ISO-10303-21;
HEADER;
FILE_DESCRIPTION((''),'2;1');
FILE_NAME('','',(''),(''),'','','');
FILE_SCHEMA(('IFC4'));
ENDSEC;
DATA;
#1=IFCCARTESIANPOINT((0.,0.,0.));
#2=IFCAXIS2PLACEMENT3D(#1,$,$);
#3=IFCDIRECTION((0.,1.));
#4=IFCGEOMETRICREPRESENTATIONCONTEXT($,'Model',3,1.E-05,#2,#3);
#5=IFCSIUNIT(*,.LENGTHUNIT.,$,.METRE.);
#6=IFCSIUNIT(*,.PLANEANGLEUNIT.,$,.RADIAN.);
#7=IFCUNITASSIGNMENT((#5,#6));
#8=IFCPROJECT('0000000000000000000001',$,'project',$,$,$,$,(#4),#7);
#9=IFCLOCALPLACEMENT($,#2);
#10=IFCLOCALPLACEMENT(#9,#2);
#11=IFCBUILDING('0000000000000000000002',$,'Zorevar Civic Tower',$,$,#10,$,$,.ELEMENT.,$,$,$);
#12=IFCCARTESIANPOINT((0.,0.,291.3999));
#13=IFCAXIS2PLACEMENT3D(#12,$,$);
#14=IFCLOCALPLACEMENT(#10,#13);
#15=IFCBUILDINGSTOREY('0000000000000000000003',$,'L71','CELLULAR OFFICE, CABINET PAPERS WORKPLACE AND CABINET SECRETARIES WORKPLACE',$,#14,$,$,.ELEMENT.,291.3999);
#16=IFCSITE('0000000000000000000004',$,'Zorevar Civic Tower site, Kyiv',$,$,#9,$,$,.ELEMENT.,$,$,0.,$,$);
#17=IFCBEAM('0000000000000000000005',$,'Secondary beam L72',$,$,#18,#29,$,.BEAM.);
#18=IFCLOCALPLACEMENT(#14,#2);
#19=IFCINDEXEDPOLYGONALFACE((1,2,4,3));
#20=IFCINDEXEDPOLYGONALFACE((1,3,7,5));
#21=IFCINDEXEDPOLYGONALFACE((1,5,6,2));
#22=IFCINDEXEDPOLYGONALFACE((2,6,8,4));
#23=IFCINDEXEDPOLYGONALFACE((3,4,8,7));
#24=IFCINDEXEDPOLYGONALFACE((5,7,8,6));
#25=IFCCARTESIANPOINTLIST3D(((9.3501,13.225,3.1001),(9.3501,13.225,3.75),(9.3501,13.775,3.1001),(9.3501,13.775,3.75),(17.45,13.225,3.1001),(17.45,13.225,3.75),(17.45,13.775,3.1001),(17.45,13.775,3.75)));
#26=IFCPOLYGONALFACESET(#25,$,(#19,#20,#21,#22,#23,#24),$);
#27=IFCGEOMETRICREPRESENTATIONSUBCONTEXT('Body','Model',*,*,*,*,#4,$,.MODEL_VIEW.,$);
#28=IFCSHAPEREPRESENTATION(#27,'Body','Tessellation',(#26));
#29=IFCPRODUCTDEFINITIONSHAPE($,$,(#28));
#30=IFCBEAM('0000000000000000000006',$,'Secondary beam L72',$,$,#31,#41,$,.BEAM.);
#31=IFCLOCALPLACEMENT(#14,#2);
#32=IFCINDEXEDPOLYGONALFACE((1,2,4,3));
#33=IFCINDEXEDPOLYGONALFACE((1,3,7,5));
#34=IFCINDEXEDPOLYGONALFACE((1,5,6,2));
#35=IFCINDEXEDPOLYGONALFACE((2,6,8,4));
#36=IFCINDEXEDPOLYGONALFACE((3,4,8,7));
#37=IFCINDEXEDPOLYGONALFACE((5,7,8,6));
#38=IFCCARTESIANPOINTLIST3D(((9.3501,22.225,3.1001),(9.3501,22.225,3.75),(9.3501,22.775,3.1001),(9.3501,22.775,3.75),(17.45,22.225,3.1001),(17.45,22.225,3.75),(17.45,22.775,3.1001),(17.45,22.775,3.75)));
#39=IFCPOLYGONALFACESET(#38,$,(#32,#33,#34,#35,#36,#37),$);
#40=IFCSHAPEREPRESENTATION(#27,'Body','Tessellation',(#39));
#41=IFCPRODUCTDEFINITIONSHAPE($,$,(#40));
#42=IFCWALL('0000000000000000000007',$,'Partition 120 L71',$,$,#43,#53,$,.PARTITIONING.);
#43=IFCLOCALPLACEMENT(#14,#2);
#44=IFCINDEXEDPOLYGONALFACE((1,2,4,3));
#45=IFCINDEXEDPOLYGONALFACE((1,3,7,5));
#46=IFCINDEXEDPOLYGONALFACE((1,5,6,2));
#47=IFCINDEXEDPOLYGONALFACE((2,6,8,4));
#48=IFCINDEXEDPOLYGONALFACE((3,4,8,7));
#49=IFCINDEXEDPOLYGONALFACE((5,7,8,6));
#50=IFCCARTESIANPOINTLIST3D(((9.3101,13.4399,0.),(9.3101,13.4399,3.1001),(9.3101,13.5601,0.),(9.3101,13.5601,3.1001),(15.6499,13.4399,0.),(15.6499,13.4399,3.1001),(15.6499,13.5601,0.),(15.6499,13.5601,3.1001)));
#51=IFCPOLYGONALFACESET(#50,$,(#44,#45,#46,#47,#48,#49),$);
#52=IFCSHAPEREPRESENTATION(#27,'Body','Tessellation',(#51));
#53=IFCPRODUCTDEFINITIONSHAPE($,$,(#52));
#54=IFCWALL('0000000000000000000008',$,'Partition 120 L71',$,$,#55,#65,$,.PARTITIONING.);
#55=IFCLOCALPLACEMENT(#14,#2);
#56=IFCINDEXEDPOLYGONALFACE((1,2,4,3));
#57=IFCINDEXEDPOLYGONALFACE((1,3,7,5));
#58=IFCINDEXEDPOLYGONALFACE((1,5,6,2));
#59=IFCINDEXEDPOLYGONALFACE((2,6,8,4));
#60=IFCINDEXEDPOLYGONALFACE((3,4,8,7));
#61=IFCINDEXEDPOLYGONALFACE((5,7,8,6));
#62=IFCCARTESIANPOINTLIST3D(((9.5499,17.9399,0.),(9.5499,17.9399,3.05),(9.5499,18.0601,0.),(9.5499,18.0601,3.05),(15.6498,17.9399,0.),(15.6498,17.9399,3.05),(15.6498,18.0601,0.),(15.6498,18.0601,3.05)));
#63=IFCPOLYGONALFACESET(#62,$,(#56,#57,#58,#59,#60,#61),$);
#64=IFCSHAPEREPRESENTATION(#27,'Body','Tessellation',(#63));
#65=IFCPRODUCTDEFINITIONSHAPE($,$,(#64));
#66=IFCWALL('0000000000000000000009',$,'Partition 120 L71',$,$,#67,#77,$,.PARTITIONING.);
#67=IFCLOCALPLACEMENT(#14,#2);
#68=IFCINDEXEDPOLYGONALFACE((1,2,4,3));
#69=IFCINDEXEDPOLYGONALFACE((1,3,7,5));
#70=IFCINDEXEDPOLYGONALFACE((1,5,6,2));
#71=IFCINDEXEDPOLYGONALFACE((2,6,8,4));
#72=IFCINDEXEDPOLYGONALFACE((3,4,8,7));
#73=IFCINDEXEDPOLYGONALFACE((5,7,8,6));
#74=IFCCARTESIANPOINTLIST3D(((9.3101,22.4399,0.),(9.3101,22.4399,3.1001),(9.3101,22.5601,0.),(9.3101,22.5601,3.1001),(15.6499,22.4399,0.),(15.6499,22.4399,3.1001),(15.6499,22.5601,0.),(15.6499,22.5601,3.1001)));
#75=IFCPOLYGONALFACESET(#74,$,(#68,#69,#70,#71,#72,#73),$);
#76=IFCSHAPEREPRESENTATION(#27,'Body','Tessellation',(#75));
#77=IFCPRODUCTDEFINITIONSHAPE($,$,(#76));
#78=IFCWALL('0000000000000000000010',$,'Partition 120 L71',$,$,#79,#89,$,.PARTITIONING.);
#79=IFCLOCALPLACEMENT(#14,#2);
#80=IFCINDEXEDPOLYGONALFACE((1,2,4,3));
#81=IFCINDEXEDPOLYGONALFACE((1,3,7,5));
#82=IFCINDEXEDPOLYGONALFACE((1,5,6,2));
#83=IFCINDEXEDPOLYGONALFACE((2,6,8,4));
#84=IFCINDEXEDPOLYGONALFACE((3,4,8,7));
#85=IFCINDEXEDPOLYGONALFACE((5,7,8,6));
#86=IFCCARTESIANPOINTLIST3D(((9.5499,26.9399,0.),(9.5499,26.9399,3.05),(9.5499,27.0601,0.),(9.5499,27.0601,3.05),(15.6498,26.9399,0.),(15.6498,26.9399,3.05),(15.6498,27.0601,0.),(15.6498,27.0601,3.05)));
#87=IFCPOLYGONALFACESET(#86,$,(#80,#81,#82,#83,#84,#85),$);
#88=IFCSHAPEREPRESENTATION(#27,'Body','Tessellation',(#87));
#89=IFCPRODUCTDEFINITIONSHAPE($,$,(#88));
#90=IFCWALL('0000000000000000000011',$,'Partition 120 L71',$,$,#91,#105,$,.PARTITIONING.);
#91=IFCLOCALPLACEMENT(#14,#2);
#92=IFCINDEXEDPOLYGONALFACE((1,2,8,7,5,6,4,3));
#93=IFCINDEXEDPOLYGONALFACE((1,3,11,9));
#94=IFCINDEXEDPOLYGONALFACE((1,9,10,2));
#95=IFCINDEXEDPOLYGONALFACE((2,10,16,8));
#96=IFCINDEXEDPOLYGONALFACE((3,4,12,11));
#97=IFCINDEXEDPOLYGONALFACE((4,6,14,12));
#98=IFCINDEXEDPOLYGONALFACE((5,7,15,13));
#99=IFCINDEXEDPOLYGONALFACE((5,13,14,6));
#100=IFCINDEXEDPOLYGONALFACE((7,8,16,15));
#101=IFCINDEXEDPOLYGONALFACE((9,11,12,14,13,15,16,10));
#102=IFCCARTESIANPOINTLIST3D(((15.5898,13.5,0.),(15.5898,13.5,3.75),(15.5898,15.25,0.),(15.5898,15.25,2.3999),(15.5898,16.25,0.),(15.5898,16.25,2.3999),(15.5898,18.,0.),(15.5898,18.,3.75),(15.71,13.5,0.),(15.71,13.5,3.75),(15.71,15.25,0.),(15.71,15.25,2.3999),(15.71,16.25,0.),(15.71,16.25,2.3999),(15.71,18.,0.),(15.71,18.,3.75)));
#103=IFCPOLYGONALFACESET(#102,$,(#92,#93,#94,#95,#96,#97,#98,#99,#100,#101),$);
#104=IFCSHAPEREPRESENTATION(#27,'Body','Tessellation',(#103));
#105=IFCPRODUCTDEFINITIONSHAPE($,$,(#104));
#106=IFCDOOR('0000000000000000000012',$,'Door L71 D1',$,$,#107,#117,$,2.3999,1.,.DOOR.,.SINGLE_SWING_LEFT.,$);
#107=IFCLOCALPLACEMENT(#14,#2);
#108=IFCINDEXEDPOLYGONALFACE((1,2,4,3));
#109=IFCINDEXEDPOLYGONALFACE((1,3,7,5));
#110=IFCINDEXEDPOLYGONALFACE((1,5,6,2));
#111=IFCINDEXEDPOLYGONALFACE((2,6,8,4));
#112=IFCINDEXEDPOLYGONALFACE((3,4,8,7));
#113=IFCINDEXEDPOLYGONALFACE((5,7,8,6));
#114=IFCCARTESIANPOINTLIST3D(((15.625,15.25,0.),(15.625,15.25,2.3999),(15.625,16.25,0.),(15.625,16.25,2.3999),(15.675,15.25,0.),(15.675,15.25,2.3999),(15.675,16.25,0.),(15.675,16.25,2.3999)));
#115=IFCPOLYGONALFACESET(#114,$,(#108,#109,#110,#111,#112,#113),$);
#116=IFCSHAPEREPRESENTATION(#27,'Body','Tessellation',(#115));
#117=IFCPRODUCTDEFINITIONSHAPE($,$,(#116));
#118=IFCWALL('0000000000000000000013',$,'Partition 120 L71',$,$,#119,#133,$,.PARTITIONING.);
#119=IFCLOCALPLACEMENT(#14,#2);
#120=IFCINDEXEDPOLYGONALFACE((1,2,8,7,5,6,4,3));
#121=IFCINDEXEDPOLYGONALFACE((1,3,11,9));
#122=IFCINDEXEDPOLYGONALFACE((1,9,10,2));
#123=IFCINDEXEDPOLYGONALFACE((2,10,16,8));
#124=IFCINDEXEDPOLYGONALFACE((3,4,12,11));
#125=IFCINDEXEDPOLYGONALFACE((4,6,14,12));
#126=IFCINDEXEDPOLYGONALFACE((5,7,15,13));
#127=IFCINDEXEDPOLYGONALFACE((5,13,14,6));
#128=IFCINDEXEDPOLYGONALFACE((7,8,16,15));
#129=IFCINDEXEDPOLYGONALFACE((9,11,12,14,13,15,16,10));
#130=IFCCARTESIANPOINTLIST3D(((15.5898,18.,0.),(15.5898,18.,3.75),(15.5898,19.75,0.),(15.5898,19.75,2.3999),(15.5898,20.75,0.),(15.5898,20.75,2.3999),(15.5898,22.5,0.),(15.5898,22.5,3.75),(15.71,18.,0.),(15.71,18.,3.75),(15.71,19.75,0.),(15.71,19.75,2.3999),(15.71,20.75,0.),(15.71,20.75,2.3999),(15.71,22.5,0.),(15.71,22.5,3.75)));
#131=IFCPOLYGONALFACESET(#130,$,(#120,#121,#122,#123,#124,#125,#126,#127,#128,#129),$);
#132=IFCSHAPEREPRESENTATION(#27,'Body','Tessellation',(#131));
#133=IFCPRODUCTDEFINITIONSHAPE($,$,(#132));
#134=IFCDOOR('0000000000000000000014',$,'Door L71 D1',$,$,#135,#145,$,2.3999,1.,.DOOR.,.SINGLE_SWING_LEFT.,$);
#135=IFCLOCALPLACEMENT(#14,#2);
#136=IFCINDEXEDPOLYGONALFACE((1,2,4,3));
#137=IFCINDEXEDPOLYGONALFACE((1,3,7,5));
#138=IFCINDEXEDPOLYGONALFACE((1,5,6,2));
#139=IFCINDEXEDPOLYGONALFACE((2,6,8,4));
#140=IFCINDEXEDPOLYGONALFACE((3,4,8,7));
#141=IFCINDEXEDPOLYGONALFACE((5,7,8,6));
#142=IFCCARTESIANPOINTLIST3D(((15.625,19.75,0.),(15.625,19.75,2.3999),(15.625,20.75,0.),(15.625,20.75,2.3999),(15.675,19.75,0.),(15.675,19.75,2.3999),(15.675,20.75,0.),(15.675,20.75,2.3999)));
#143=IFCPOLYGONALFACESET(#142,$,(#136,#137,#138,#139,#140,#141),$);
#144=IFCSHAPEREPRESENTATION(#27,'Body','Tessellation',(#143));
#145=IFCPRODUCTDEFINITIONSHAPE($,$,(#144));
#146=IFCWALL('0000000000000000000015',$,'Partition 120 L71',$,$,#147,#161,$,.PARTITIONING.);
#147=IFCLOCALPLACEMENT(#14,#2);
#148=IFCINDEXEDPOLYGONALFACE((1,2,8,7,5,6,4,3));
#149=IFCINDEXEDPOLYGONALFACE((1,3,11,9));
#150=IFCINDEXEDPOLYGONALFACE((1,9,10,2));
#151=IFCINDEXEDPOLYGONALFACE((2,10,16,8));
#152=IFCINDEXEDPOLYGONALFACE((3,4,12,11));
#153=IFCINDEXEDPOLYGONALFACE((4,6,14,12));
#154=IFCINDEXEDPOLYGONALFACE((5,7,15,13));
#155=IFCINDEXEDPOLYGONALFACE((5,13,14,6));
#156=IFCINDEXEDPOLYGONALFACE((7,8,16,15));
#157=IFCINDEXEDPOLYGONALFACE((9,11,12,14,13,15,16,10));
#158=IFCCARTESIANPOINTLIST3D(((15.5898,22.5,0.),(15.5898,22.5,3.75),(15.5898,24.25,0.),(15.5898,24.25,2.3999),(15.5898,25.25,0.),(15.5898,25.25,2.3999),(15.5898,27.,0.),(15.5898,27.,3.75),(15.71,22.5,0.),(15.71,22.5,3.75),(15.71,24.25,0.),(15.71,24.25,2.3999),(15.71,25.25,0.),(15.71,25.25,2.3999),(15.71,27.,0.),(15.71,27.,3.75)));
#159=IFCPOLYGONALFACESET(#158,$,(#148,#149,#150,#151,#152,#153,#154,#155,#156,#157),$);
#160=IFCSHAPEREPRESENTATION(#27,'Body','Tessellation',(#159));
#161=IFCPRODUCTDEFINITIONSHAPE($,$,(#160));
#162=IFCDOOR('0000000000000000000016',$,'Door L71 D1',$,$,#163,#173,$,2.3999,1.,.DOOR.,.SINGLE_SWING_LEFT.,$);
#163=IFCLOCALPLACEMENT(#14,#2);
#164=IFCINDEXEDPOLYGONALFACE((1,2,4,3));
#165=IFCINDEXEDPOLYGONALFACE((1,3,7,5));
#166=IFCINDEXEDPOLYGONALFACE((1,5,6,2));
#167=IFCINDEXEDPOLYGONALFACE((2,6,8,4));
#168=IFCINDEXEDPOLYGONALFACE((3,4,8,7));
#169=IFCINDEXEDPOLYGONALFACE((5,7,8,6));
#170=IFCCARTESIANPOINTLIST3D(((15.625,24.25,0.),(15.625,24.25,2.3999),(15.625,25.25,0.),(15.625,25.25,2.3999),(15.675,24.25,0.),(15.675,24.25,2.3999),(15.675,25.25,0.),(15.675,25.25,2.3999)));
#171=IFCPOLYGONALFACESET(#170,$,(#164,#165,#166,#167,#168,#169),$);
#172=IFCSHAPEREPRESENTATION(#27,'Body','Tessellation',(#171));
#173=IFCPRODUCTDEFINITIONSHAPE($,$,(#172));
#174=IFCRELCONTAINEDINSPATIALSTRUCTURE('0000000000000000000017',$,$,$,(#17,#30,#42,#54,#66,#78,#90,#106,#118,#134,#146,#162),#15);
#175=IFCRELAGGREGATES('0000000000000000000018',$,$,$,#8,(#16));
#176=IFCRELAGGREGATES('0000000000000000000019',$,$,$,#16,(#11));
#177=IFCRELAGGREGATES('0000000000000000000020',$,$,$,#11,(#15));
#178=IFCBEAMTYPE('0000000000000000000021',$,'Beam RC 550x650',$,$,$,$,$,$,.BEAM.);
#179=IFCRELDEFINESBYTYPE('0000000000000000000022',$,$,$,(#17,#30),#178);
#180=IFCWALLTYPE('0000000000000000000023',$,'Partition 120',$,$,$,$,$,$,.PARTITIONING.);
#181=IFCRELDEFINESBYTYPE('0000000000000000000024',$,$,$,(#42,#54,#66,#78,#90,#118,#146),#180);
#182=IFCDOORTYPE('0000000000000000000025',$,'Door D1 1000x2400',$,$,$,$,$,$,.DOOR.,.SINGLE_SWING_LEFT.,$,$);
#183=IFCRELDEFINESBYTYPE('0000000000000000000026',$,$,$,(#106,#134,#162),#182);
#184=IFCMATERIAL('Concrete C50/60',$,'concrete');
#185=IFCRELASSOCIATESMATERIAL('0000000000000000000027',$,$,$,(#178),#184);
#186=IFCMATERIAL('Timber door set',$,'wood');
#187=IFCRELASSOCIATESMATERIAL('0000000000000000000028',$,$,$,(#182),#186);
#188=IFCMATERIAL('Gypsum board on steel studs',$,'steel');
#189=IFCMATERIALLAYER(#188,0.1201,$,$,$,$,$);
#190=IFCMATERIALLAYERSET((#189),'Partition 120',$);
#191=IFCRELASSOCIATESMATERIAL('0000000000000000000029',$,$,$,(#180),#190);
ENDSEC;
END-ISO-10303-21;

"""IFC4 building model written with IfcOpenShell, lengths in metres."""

from ifc_helpers import new_model, si_unit, direction, frame, frame_2d, origin, origin_2d, place, context, subcontext, project, spatial, rectangle, extrude, material, layer, layer_set, material_profile, profile_set, type_object, element, fill, save


model = new_model("IFC4")

# Units and contexts
model_context = context("Model", 3, precision=1e-05, world=origin(), true_north=direction((0.0, 1.0)))
body_context = subcontext(model_context, "Body", "Model", "MODEL_VIEW")
ifc_project = project(units=[si_unit("LENGTHUNIT", "METRE"), si_unit("PLANEANGLEUNIT", "RADIAN")], contexts=[model_context])

# Site, building, storey
site_placement = place(None, origin())
site = spatial("IfcSite", under=ifc_project, at=site_placement, Name="Zorevar Civic Tower site, Kyiv", CompositionType="ELEMENT", RefElevation=0.0)
building_placement = place(site_placement, origin())
building = spatial("IfcBuilding", under=site, at=building_placement, Name="Zorevar Civic Tower", CompositionType="ELEMENT")
storey_placement = place(building_placement, frame((0.0, 0.0, 291.3999)))
storey = spatial("IfcBuildingStorey", under=building, at=storey_placement, Name="L71", Description="CELLULAR OFFICE, CABINET PAPERS WORKPLACE AND CABINET SECRETARIES WORKPLACE", CompositionType="ELEMENT", Elevation=291.3999)

# Beams
ifc_material_1 = material(Name="Concrete C50/60", Category="concrete")
ifc_material_profile = material_profile(ifc_material_1, rectangle(XDim=0.55, YDim=0.6499, at=origin_2d()), Name="RC 550x650")
ifc_profile_set = profile_set([ifc_material_profile], Name="Concrete C50/60")
beam_type = type_object("IfcBeamType", Name="Beam RC 550x650", PredefinedType="BEAM", material=ifc_profile_set)
for number, where, z_axis, x_axis, name in (
    (1, (9.3501, 13.5, 3.425), (1.0, 0.0, 0.0), (0.0, 1.0, 0.0), "Secondary beam L72"),
    (2, (9.3501, 22.5, 3.425), (1.0, 0.0, 0.0), (0.0, 1.0, 0.0), "Secondary beam L72"),
):
    element("IfcBeam", number, at=place(storey_placement, frame(where, z_axis=z_axis, x_axis=x_axis)), inside=storey, type_object=beam_type, Name=name, PredefinedType="BEAM", context=body_context, shape_type="SweptSolid", body=[
        extrude(rectangle(XDim=0.55, YDim=0.6499, at=origin_2d()), origin(), (0.0, 0.0, 1.0), 8.0999),
    ])

# Shared definitions
ifc_material_2 = material(Name="Timber door set", Category="wood")
door_type_1 = type_object("IfcDoorType", Name="Door D1 1000x2400", OperationType="SINGLE_SWING_LEFT", PredefinedType="DOOR", material=ifc_material_2)

# Walls
ifc_material_3 = material(Name="Gypsum board on steel studs", Category="steel")
ifc_layer_1 = layer(ifc_material_3, 0.1201)
ifc_layer_set_1 = layer_set([ifc_layer_1], Name="Partition 120")
wall_type_1 = type_object("IfcWallType", Name="Partition 120", PredefinedType="PARTITIONING", material=ifc_layer_set_1)
wall_1_placement = place(storey_placement, frame((9.3101, 13.5, 0.0), z_axis=(0.0, 0.0, 1.0), x_axis=(1.0, 0.0, 0.0)))
element("IfcWall", 3, at=wall_1_placement, inside=storey, type_object=wall_type_1, Name="Partition 120 L71", PredefinedType="PARTITIONING", context=body_context, shape_type="SweptSolid", body=[
    extrude(rectangle(XDim=6.3398, YDim=0.1201, at=frame_2d((3.1699, 0.0))), origin(), (0.0, 0.0, 1.0), 3.1001),
])
wall_2_placement = place(storey_placement, frame((9.55, 18.0, 0.0), z_axis=(0.0, 0.0, 1.0), x_axis=(1.0, 0.0, 0.0)))
element("IfcWall", 4, at=wall_2_placement, inside=storey, type_object=wall_type_1, Name="Partition 120 L71", PredefinedType="PARTITIONING", context=body_context, shape_type="SweptSolid", body=[
    extrude(rectangle(XDim=6.0999, YDim=0.1201, at=frame_2d((3.0498, 0.0))), origin(), (0.0, 0.0, 1.0), 3.05),
])
wall_3_placement = place(storey_placement, frame((9.3101, 22.5, 0.0), z_axis=(0.0, 0.0, 1.0), x_axis=(1.0, 0.0, 0.0)))
element("IfcWall", 5, at=wall_3_placement, inside=storey, type_object=wall_type_1, Name="Partition 120 L71", PredefinedType="PARTITIONING", context=body_context, shape_type="SweptSolid", body=[
    extrude(rectangle(XDim=6.3398, YDim=0.1201, at=frame_2d((3.1699, 0.0))), origin(), (0.0, 0.0, 1.0), 3.1001),
])
wall_4_placement = place(storey_placement, frame((9.55, 27.0, 0.0), z_axis=(0.0, 0.0, 1.0), x_axis=(1.0, 0.0, 0.0)))
element("IfcWall", 6, at=wall_4_placement, inside=storey, type_object=wall_type_1, Name="Partition 120 L71", PredefinedType="PARTITIONING", context=body_context, shape_type="SweptSolid", body=[
    extrude(rectangle(XDim=6.0999, YDim=0.1201, at=frame_2d((3.0498, 0.0))), origin(), (0.0, 0.0, 1.0), 3.05),
])

# Walls, openings, doors
wall_5_placement = place(storey_placement, frame((15.6499, 13.5, 0.0), z_axis=(0.0, 0.0, 1.0), x_axis=(0.0, 1.0, 0.0)))
wall_5 = element("IfcWall", 7, at=wall_5_placement, inside=storey, type_object=wall_type_1, Name="Partition 120 L71", PredefinedType="PARTITIONING", context=body_context, shape_type="SweptSolid", body=[
    extrude(rectangle(XDim=4.5, YDim=0.1201, at=frame_2d((2.25, 0.0))), origin(), (0.0, 0.0, 1.0), 3.75),
])
opening_1_placement = place(wall_5_placement, frame((1.75, 0.0, 0.0)))
opening_1 = element("IfcOpeningElement", 8, at=opening_1_placement, cuts=wall_5, PredefinedType="OPENING", context=body_context, shape_type="SweptSolid", body=[
    extrude(rectangle(XDim=1.0, YDim=2.3999, at=frame_2d((0.5, 1.2))), frame((0.0, 0.0701, 0.0), z_axis=(0.0, -1.0, 0.0), x_axis=(1.0, 0.0, 0.0)), (0.0, 0.0, 1.0), 0.1401),
])
door_1_placement = place(opening_1_placement, origin())
door_1 = element("IfcDoor", 9, at=door_1_placement, inside=storey, type_object=door_type_1, Name="Door L71 D1", OperationType="SINGLE_SWING_LEFT", OverallHeight=2.3999, OverallWidth=1.0, PredefinedType="DOOR", context=body_context, shape_type="SweptSolid", body=[
    extrude(rectangle(XDim=1.0, YDim=2.3999, at=frame_2d((0.5, 1.2))), frame((0.0, 0.0249, 0.0), z_axis=(0.0, -1.0, 0.0), x_axis=(1.0, 0.0, 0.0)), (0.0, 0.0, 1.0), 0.05),
])
fill(opening_1, door_1)
wall_6_placement = place(storey_placement, frame((15.6499, 18.0, 0.0), z_axis=(0.0, 0.0, 1.0), x_axis=(0.0, 1.0, 0.0)))
wall_6 = element("IfcWall", 10, at=wall_6_placement, inside=storey, type_object=wall_type_1, Name="Partition 120 L71", PredefinedType="PARTITIONING", context=body_context, shape_type="SweptSolid", body=[
    extrude(rectangle(XDim=4.5, YDim=0.1201, at=frame_2d((2.25, 0.0))), origin(), (0.0, 0.0, 1.0), 3.75),
])
opening_2_placement = place(wall_6_placement, frame((1.75, 0.0, 0.0)))
opening_2 = element("IfcOpeningElement", 11, at=opening_2_placement, cuts=wall_6, PredefinedType="OPENING", context=body_context, shape_type="SweptSolid", body=[
    extrude(rectangle(XDim=1.0, YDim=2.3999, at=frame_2d((0.5, 1.2))), frame((0.0, 0.0701, 0.0), z_axis=(0.0, -1.0, 0.0), x_axis=(1.0, 0.0, 0.0)), (0.0, 0.0, 1.0), 0.1401),
])
door_2_placement = place(opening_2_placement, origin())
door_2 = element("IfcDoor", 12, at=door_2_placement, inside=storey, type_object=door_type_1, Name="Door L71 D1", OperationType="SINGLE_SWING_LEFT", OverallHeight=2.3999, OverallWidth=1.0, PredefinedType="DOOR", context=body_context, shape_type="SweptSolid", body=[
    extrude(rectangle(XDim=1.0, YDim=2.3999, at=frame_2d((0.5, 1.2))), frame((0.0, 0.0249, 0.0), z_axis=(0.0, -1.0, 0.0), x_axis=(1.0, 0.0, 0.0)), (0.0, 0.0, 1.0), 0.05),
])
fill(opening_2, door_2)
wall_7_placement = place(storey_placement, frame((15.6499, 22.5, 0.0), z_axis=(0.0, 0.0, 1.0), x_axis=(0.0, 1.0, 0.0)))
wall_7 = element("IfcWall", 13, at=wall_7_placement, inside=storey, type_object=wall_type_1, Name="Partition 120 L71", PredefinedType="PARTITIONING", context=body_context, shape_type="SweptSolid", body=[
    extrude(rectangle(XDim=4.5, YDim=0.1201, at=frame_2d((2.25, 0.0))), origin(), (0.0, 0.0, 1.0), 3.75),
])
opening_3_placement = place(wall_7_placement, frame((1.75, 0.0, 0.0)))
opening_3 = element("IfcOpeningElement", 14, at=opening_3_placement, cuts=wall_7, PredefinedType="OPENING", context=body_context, shape_type="SweptSolid", body=[
    extrude(rectangle(XDim=1.0, YDim=2.3999, at=frame_2d((0.5, 1.2))), frame((0.0, 0.0701, 0.0), z_axis=(0.0, -1.0, 0.0), x_axis=(1.0, 0.0, 0.0)), (0.0, 0.0, 1.0), 0.1401),
])
door_3_placement = place(opening_3_placement, origin())
door_3 = element("IfcDoor", 15, at=door_3_placement, inside=storey, type_object=door_type_1, Name="Door L71 D1", OperationType="SINGLE_SWING_LEFT", OverallHeight=2.3999, OverallWidth=1.0, PredefinedType="DOOR", context=body_context, shape_type="SweptSolid", body=[
    extrude(rectangle(XDim=1.0, YDim=2.3999, at=frame_2d((0.5, 1.2))), frame((0.0, 0.0249, 0.0), z_axis=(0.0, -1.0, 0.0), x_axis=(1.0, 0.0, 0.0)), (0.0, 0.0, 1.0), 0.05),
])
fill(opening_3, door_3)

save(model, "model.ifc")
